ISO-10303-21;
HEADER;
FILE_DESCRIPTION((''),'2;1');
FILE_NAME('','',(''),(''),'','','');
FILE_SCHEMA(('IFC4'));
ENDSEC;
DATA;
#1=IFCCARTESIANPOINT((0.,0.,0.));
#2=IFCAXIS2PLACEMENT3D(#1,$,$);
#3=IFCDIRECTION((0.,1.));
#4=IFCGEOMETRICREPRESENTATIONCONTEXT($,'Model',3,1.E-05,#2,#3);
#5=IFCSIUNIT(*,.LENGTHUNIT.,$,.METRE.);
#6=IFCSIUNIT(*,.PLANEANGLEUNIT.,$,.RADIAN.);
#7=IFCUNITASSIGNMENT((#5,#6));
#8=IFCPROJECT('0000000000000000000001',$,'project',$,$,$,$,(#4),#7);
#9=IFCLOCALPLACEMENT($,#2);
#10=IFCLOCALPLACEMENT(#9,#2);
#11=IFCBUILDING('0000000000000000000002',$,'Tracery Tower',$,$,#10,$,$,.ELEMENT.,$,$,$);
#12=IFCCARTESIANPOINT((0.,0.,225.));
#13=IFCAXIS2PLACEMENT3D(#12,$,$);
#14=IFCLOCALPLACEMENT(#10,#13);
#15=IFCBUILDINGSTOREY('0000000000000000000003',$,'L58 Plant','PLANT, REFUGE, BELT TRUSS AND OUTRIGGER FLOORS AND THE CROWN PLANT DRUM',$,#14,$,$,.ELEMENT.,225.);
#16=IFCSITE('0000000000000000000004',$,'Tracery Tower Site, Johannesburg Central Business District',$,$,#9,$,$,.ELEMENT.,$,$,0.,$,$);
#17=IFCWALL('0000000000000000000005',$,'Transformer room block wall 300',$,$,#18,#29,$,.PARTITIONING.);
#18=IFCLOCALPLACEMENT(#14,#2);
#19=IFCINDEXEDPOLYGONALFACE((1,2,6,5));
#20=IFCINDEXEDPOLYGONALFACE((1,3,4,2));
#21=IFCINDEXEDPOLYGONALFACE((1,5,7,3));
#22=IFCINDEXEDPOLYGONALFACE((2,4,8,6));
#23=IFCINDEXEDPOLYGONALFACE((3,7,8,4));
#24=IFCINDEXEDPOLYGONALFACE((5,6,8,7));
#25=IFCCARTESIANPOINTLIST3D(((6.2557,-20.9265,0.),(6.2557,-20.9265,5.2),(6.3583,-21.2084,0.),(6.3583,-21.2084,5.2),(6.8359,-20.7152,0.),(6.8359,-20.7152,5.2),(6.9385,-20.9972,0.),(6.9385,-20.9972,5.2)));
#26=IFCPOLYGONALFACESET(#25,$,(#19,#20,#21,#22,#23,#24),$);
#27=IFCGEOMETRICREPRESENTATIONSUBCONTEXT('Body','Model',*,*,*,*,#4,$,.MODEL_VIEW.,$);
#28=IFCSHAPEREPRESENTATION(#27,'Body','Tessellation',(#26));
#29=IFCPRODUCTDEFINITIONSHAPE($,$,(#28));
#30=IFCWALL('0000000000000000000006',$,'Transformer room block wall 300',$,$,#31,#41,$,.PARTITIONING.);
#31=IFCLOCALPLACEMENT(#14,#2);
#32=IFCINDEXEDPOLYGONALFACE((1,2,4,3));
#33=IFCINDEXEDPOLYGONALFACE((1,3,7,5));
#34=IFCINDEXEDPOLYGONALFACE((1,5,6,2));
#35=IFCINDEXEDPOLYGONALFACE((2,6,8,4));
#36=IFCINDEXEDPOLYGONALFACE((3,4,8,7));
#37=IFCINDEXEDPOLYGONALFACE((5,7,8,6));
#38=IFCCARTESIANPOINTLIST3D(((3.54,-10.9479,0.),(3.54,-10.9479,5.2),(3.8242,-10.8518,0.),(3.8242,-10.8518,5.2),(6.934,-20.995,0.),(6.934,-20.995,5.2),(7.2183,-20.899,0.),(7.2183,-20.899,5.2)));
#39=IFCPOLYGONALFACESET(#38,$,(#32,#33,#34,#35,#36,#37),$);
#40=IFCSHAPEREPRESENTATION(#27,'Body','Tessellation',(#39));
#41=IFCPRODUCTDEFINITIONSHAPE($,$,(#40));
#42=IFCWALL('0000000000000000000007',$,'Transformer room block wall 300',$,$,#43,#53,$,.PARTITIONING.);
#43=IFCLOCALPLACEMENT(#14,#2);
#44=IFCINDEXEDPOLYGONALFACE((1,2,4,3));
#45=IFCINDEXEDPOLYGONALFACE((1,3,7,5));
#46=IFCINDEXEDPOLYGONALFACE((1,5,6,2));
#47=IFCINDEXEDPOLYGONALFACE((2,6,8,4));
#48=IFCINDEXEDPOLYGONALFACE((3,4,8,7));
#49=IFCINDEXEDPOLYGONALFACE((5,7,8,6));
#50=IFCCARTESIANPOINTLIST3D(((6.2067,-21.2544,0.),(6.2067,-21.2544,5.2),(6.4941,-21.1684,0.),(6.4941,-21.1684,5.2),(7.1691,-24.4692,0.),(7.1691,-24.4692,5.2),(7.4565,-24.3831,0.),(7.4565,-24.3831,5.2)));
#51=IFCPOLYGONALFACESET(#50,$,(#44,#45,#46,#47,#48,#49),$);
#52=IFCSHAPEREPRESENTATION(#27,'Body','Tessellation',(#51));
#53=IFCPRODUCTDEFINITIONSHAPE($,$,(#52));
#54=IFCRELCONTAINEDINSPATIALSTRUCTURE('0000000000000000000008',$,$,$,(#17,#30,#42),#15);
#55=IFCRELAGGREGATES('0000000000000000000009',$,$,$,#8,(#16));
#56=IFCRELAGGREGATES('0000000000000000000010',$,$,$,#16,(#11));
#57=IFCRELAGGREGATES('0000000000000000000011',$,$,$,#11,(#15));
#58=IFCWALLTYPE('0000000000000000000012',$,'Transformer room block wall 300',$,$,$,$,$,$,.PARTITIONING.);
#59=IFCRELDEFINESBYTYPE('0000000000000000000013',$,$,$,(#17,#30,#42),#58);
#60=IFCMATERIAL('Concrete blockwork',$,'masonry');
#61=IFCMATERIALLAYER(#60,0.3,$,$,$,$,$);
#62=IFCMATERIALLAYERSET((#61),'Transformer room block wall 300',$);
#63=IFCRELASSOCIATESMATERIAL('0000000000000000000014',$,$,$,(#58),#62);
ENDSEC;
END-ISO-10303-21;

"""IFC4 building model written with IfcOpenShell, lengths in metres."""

from ifc_helpers import new_model, si_unit, direction, frame, frame_2d, origin, place, context, subcontext, project, spatial, rectangle, extrude, material, layer, layer_set, type_object, element, save


model = new_model("IFC4")

# Units and contexts
model_context = context("Model", 3, precision=1e-05, world=origin(), true_north=direction((0.0, 1.0)))
body_context = subcontext(model_context, "Body", "Model", "MODEL_VIEW")
ifc_project = project(units=[si_unit("LENGTHUNIT", "METRE"), si_unit("PLANEANGLEUNIT", "RADIAN")], contexts=[model_context])

# Site, building, storey
site_placement = place(None, origin())
site = spatial("IfcSite", under=ifc_project, at=site_placement, Name="Tracery Tower Site, Johannesburg Central Business District", CompositionType="ELEMENT", RefElevation=0.0)
building_placement = place(site_placement, origin())
building = spatial("IfcBuilding", under=site, at=building_placement, Name="Tracery Tower", CompositionType="ELEMENT")
storey_placement = place(building_placement, frame((0.0, 0.0, 225.0)))
storey = spatial("IfcBuildingStorey", under=building, at=storey_placement, Name="L58 Plant", Description="PLANT, REFUGE, BELT TRUSS AND OUTRIGGER FLOORS AND THE CROWN PLANT DRUM", CompositionType="ELEMENT", Elevation=225.0)

# Walls
ifc_material_1 = material(Name="Concrete blockwork", Category="masonry")
ifc_layer_1 = layer(ifc_material_1, 0.3)
ifc_layer_set_1 = layer_set([ifc_layer_1], Name="Transformer room block wall 300")
wall_type_1 = type_object("IfcWallType", Name="Transformer room block wall 300", PredefinedType="PARTITIONING", material=ifc_layer_set_1)
wall_1_placement = place(storey_placement, frame((6.3071, -21.0674, 0.0), z_axis=(0.0, 0.0, 1.0), x_axis=(0.939666, 0.342092, 0.0)))
element("IfcWall", 1, at=wall_1_placement, inside=storey, type_object=wall_type_1, Name="Transformer room block wall 300", PredefinedType="PARTITIONING", context=body_context, shape_type="SweptSolid", body=[
    extrude(rectangle(XDim=0.6174, YDim=0.3, at=frame_2d((0.3086, 0.0))), origin(), (0.0, 0.0, 1.0), 5.2),
])
wall_2_placement = place(storey_placement, frame((7.0762, -20.947, 0.0), z_axis=(0.0, 0.0, 1.0), x_axis=(-0.320044, 0.947403, 0.0)))
element("IfcWall", 2, at=wall_2_placement, inside=storey, type_object=wall_type_1, Name="Transformer room block wall 300", PredefinedType="PARTITIONING", context=body_context, shape_type="SweptSolid", body=[
    extrude(rectangle(XDim=10.605, YDim=0.3, at=frame_2d((5.3025, 0.0))), origin(), (0.0, 0.0, 1.0), 5.2),
])
wall_3_placement = place(storey_placement, frame((7.3127, -24.426, 0.0), z_axis=(0.0, 0.0, 1.0), x_axis=(-0.286787, 0.957994, 0.0)))
element("IfcWall", 3, at=wall_3_placement, inside=storey, type_object=wall_type_1, Name="Transformer room block wall 300", PredefinedType="PARTITIONING", context=body_context, shape_type="SweptSolid", body=[
    extrude(rectangle(XDim=3.3557, YDim=0.3, at=frame_2d((1.6777, 0.0))), origin(), (0.0, 0.0, 1.0), 5.2),
])

save(model, "model.ifc")
